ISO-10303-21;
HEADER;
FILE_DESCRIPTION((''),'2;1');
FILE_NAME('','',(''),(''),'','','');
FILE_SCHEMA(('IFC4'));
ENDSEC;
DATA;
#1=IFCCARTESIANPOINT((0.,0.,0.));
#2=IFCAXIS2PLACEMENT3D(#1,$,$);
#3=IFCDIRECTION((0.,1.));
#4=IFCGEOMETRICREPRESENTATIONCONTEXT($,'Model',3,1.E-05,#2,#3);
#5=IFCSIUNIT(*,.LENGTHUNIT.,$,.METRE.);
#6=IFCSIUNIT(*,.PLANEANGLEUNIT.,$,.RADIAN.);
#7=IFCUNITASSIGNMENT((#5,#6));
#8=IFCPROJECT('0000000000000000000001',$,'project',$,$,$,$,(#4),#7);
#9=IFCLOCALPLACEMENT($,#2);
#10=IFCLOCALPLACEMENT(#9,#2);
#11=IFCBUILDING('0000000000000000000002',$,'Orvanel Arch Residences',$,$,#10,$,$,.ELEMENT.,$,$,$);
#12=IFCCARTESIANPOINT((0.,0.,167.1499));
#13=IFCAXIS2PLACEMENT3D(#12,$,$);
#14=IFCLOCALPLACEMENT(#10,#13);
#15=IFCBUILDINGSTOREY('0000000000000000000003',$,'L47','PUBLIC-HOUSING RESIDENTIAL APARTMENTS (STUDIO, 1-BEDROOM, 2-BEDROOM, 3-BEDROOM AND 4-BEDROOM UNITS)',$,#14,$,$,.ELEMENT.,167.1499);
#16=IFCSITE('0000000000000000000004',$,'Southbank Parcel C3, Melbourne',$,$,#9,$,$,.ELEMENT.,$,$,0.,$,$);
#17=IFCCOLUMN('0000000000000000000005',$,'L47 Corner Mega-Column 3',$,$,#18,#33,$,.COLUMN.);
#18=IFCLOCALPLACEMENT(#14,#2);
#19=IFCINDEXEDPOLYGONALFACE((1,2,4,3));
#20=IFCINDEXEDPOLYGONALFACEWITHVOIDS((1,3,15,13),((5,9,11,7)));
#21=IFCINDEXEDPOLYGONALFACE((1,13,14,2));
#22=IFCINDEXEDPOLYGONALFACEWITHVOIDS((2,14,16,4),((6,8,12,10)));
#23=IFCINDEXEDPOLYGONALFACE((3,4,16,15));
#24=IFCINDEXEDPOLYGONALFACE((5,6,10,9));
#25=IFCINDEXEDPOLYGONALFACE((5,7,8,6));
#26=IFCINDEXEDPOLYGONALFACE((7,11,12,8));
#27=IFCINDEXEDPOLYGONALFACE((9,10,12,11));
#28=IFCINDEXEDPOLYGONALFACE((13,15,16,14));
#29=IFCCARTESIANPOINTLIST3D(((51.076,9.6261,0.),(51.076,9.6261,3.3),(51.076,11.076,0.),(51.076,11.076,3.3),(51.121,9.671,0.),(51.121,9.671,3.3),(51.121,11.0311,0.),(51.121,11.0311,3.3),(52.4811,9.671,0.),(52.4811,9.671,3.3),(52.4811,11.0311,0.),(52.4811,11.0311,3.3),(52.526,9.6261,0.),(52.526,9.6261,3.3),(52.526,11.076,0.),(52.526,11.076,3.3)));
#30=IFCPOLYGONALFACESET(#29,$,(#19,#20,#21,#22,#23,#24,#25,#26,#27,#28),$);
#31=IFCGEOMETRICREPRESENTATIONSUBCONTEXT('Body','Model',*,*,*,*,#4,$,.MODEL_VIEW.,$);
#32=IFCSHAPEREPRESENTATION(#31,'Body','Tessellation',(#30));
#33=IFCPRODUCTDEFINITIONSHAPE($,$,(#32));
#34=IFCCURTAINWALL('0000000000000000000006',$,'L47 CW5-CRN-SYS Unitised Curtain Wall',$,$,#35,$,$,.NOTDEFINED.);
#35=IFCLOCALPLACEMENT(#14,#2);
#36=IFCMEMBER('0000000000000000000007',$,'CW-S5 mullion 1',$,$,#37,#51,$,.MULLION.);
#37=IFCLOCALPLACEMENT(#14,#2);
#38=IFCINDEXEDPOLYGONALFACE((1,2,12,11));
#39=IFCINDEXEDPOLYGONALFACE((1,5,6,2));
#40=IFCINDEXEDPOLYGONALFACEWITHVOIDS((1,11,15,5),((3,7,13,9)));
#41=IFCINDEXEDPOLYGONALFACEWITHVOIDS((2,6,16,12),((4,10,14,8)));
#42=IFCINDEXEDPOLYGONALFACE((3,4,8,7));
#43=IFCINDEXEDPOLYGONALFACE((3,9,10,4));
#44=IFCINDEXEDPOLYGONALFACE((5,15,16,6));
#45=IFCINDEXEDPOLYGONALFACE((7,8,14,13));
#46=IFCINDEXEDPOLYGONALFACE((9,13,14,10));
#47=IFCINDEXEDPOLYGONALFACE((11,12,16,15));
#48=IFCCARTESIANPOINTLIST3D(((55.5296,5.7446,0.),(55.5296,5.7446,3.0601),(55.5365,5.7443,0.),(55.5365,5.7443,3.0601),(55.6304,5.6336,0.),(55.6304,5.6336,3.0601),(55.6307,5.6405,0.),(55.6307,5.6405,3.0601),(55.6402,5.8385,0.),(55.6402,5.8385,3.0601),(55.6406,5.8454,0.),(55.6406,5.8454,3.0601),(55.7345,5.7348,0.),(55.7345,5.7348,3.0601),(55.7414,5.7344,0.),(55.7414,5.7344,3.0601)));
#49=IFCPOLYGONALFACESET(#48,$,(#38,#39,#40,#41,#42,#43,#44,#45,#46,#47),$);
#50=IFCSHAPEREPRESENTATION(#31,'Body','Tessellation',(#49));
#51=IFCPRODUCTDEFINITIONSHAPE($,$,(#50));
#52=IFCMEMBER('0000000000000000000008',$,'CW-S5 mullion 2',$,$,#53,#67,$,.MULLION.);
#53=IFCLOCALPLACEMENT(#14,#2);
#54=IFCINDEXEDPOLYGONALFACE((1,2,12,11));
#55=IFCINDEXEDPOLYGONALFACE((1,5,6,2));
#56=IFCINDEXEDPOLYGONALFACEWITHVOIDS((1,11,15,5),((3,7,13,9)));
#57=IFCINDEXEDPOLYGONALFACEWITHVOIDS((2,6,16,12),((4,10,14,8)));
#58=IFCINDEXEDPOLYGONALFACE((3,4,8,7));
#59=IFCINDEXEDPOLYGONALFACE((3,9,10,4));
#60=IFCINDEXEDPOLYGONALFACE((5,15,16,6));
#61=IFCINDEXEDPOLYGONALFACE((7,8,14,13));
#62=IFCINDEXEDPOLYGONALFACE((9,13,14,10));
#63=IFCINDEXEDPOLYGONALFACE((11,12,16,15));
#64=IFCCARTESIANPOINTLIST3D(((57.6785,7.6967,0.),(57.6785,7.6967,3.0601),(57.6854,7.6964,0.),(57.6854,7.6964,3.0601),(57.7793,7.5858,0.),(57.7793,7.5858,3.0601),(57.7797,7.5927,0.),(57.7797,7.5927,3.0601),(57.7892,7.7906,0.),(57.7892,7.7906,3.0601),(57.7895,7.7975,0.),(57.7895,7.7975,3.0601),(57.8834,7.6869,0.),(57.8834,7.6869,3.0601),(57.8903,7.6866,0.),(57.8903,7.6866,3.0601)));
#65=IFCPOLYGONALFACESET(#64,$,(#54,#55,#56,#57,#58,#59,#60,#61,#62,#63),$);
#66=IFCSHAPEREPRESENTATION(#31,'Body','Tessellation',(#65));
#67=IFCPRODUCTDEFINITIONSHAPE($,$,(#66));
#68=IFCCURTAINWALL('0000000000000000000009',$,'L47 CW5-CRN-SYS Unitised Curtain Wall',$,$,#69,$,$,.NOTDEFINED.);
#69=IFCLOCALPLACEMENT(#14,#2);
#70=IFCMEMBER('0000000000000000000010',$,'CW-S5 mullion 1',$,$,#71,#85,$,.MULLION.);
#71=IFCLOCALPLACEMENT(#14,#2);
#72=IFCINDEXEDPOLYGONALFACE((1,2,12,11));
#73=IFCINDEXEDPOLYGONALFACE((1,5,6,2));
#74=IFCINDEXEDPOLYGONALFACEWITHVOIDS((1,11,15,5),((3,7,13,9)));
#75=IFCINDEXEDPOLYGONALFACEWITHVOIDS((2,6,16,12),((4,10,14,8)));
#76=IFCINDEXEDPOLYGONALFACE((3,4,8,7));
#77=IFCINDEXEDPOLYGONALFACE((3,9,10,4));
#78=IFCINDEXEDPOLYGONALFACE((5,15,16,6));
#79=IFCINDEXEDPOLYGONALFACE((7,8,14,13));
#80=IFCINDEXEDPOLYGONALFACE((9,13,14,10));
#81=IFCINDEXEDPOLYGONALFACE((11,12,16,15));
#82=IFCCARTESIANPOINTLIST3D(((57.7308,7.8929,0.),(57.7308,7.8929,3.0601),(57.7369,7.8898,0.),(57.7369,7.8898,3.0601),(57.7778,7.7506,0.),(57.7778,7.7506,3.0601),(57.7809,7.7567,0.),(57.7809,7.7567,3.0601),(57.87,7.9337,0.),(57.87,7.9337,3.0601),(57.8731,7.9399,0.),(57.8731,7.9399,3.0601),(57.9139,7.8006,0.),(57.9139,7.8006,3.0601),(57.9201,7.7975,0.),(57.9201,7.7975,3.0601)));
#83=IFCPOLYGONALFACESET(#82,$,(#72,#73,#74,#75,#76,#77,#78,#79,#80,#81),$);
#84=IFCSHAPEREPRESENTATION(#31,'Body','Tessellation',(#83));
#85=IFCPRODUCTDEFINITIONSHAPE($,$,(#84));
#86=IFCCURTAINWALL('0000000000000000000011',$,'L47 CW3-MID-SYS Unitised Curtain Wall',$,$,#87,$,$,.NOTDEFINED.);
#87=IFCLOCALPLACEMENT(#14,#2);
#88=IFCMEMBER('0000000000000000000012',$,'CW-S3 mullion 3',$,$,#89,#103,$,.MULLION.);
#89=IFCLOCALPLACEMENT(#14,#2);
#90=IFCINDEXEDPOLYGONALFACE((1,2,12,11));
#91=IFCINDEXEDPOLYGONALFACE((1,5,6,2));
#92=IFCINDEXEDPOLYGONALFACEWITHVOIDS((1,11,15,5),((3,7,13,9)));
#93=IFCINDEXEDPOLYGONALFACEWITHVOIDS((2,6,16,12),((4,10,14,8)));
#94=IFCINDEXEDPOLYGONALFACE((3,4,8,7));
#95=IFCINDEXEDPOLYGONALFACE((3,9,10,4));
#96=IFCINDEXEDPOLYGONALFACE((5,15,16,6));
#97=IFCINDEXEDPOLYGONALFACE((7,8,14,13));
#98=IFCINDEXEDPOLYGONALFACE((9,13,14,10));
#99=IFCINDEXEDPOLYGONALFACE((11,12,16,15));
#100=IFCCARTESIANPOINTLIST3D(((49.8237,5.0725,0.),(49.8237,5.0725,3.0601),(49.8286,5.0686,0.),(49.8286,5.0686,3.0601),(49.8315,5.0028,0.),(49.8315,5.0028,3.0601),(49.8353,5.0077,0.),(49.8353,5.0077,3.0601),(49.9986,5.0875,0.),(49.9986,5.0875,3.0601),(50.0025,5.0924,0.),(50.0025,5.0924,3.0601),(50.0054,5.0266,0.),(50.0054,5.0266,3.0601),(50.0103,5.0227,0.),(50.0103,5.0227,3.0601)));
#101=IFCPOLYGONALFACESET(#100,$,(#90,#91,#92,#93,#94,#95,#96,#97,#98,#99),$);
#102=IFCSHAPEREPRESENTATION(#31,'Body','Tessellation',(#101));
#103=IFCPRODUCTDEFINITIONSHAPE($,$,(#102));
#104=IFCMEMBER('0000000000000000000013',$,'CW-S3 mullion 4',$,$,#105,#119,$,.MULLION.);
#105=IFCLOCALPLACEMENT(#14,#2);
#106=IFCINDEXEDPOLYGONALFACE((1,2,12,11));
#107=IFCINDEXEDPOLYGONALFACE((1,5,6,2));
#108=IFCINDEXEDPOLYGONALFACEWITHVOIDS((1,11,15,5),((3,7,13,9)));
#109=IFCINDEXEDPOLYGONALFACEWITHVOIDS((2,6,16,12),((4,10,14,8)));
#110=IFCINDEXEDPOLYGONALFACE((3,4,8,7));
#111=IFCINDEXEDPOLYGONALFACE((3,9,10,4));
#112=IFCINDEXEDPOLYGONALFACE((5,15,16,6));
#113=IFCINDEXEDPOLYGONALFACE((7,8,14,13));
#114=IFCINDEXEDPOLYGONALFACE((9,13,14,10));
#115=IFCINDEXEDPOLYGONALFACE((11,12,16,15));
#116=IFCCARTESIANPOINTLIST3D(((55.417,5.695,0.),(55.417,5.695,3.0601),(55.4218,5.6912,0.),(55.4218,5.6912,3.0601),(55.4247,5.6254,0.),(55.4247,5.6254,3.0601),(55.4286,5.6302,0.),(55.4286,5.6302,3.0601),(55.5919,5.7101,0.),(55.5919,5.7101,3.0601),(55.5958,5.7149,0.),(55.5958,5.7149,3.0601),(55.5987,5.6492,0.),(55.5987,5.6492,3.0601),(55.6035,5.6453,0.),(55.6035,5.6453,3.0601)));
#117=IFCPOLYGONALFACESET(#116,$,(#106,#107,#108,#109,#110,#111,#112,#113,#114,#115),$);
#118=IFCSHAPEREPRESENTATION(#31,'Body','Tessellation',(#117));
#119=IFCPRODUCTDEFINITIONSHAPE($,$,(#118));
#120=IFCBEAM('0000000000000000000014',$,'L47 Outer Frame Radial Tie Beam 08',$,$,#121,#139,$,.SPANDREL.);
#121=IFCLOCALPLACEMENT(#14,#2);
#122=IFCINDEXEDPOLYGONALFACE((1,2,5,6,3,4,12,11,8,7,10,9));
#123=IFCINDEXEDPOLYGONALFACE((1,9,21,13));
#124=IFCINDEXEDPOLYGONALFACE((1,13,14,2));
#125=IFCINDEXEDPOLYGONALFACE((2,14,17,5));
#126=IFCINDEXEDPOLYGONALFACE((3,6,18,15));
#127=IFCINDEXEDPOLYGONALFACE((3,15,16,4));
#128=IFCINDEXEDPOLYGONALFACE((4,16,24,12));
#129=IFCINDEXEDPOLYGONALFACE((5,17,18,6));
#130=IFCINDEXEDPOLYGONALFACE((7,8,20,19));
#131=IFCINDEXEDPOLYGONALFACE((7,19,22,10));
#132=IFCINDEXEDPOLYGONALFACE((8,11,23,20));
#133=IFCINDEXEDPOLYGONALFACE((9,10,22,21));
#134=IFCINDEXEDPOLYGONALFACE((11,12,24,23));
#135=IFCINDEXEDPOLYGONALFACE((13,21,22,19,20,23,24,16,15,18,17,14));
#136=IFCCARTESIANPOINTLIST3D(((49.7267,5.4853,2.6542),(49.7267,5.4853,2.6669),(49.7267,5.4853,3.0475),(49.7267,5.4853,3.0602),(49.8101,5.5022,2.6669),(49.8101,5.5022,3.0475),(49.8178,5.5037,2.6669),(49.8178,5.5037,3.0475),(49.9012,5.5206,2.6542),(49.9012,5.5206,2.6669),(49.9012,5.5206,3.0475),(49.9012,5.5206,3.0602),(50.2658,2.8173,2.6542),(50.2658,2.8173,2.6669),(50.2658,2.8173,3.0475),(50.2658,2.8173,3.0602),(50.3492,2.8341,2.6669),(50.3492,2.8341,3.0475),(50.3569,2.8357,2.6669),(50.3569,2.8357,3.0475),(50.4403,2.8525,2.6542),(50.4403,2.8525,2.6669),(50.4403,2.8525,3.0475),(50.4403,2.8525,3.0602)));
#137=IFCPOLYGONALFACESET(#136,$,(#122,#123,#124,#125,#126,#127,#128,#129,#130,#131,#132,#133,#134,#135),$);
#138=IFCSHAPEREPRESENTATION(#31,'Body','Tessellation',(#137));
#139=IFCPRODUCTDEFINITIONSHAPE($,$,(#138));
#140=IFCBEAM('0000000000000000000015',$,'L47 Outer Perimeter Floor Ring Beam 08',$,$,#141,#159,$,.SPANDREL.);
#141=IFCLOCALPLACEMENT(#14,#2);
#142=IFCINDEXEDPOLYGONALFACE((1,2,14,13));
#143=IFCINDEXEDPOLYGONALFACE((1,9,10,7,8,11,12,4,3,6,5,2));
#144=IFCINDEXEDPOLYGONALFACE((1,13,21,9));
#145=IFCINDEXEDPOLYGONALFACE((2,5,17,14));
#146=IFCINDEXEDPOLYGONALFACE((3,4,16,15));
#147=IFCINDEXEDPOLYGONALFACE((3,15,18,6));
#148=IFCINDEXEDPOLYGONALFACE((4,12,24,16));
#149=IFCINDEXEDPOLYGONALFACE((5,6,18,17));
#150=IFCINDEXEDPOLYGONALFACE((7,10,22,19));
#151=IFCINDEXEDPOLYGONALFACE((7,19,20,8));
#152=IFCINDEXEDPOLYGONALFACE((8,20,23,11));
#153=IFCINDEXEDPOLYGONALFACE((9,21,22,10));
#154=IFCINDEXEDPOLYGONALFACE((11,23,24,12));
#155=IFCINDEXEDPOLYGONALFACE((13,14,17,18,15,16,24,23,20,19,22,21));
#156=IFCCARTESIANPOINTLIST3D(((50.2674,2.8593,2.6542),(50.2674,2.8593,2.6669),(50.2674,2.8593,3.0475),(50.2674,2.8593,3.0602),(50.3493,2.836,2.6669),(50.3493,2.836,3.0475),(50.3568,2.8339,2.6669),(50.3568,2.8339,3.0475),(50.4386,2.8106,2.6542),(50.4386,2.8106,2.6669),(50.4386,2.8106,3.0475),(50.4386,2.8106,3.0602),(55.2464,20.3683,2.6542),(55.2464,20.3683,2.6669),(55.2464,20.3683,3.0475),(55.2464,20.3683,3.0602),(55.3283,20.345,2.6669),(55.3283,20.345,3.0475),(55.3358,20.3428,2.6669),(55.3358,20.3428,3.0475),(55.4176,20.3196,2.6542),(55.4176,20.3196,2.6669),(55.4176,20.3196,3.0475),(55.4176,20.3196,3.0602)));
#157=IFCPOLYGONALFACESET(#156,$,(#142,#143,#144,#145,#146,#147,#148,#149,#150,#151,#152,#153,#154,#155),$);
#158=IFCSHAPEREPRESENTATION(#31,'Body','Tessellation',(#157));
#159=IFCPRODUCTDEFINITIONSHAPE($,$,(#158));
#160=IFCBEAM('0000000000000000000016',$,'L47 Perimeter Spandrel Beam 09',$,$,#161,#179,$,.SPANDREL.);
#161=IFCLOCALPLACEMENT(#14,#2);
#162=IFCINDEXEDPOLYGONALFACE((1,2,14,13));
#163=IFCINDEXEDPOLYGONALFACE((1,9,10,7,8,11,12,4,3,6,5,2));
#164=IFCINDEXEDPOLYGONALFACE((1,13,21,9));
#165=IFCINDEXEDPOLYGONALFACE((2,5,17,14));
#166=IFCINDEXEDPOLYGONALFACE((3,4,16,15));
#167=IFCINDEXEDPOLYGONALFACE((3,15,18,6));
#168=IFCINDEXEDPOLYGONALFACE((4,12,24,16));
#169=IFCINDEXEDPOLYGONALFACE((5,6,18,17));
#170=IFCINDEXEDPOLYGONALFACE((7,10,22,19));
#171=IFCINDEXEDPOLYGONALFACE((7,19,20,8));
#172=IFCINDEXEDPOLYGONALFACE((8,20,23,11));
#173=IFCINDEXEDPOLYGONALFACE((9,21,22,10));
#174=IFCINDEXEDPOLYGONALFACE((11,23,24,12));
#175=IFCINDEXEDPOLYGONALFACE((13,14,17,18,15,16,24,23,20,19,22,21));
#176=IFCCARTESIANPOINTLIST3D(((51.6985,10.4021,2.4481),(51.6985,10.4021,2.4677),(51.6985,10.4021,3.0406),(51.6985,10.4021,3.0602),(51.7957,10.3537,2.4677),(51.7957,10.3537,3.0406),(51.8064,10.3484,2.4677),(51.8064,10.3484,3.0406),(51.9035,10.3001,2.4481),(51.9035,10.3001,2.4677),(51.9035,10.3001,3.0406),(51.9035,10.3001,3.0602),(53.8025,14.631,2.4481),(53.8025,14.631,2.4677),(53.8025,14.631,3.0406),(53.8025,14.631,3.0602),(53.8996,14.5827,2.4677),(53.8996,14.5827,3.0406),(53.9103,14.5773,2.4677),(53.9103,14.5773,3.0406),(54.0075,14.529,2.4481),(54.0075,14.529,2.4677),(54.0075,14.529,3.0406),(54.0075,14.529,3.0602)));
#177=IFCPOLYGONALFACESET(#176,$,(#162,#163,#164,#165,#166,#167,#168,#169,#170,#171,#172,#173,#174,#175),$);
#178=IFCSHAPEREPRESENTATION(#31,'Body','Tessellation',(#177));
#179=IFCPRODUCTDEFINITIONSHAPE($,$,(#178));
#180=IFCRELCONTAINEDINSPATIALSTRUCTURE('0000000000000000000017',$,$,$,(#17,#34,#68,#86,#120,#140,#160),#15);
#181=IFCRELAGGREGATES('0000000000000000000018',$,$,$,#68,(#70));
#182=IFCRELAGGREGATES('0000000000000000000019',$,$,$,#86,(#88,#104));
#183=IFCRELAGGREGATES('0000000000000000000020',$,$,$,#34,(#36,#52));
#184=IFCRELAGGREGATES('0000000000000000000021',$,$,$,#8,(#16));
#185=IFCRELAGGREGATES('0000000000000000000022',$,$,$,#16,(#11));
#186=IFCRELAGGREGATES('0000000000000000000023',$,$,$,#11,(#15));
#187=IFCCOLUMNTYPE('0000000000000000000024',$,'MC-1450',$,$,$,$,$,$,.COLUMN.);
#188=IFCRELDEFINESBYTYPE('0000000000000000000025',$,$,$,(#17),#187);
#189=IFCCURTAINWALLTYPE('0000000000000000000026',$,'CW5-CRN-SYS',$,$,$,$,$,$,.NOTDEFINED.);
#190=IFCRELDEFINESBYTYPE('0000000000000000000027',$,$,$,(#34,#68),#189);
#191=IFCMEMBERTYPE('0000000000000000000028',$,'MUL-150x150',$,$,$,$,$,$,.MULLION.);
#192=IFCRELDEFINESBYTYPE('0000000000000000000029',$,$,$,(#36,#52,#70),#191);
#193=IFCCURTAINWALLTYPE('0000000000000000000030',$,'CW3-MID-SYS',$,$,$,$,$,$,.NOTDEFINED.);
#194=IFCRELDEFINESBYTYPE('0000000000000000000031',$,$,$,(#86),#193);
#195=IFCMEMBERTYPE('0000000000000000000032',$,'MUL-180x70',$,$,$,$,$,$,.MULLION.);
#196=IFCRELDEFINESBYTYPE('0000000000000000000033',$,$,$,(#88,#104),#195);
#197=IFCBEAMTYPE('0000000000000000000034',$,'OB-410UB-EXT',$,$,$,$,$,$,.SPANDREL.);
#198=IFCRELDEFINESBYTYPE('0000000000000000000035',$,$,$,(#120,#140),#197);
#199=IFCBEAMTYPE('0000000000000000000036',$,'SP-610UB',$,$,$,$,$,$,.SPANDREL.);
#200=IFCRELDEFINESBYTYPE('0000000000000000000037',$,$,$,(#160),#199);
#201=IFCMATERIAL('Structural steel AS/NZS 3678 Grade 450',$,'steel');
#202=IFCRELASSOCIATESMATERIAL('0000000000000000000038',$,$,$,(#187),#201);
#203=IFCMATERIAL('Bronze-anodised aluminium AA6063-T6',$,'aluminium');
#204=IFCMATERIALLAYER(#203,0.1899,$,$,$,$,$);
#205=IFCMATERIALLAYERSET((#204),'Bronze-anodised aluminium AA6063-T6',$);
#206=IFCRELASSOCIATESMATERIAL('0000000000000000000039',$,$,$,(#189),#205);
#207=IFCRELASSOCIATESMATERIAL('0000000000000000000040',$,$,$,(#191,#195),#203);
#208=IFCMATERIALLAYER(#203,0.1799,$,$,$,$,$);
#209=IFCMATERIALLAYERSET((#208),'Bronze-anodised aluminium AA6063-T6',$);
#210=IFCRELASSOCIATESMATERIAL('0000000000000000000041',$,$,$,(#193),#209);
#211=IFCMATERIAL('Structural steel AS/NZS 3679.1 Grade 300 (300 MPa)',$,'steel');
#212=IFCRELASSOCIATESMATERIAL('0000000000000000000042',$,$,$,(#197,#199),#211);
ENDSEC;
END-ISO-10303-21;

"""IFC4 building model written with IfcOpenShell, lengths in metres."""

from ifc_helpers import new_model, si_unit, direction, frame, origin, origin_2d, place, context, subcontext, project, spatial, hollow_rectangle, i_section, extrude, material, layer, layer_set, material_profile, profile_set, type_object, element, aggregate, save


model = new_model("IFC4")

# Units and contexts
model_context = context("Model", 3, precision=1e-05, world=origin(), true_north=direction((0.0, 1.0)))
body_context = subcontext(model_context, "Body", "Model", "MODEL_VIEW")
ifc_project = project(units=[si_unit("LENGTHUNIT", "METRE"), si_unit("PLANEANGLEUNIT", "RADIAN")], contexts=[model_context])

# Site, building, storey
site_placement = place(None, origin())
site = spatial("IfcSite", under=ifc_project, at=site_placement, Name="Southbank Parcel C3, Melbourne", CompositionType="ELEMENT", RefElevation=0.0)
building_placement = place(site_placement, origin())
building = spatial("IfcBuilding", under=site, at=building_placement, Name="Orvanel Arch Residences", CompositionType="ELEMENT")
storey_placement = place(building_placement, frame((0.0, 0.0, 167.1499)))
storey = spatial("IfcBuildingStorey", under=building, at=storey_placement, Name="L47", Description="PUBLIC-HOUSING RESIDENTIAL APARTMENTS (STUDIO, 1-BEDROOM, 2-BEDROOM, 3-BEDROOM AND 4-BEDROOM UNITS)", CompositionType="ELEMENT", Elevation=167.1499)

# Column
ifc_material_1 = material(Name="Structural steel AS/NZS 3678 Grade 450", Category="steel")
ifc_material_profile_1 = material_profile(ifc_material_1, hollow_rectangle(XDim=1.45, YDim=1.45, WallThickness=0.0449, at=origin_2d()), Name="BOX1450x1450x45")
ifc_profile_set_1 = profile_set([ifc_material_profile_1], Name="Structural steel AS/NZS 3678 Grade 450")
column_type = type_object("IfcColumnType", Name="MC-1450", PredefinedType="COLUMN", material=ifc_profile_set_1)
column_placement = place(storey_placement, frame((51.801, 10.3511, 0.0), z_axis=(0.0, 0.0, 1.0), x_axis=(1.0, 0.0, 0.0)))
element("IfcColumn", 1, at=column_placement, inside=storey, type_object=column_type, Name="L47 Corner Mega-Column 3", PredefinedType="COLUMN", context=body_context, shape_type="SweptSolid", body=[
    extrude(hollow_rectangle(XDim=1.45, YDim=1.45, WallThickness=0.0449, at=origin_2d()), origin(), (0.0, 0.0, 1.0), 3.3),
])

# Curtain wall, members
ifc_material_2 = material(Name="Bronze-anodised aluminium AA6063-T6", Category="aluminium")
ifc_layer_1 = layer(ifc_material_2, 0.1899)
ifc_layer_set_1 = layer_set([ifc_layer_1], Name="Bronze-anodised aluminium AA6063-T6")
curtain_wall_type_1 = type_object("IfcCurtainWallType", Name="CW5-CRN-SYS", PredefinedType="NOTDEFINED", material=ifc_layer_set_1)
curtain_wall_1_placement = place(storey_placement, origin())
curtain_wall_1 = element("IfcCurtainWall", 2, at=curtain_wall_1_placement, inside=storey, type_object=curtain_wall_type_1, Name="L47 CW5-CRN-SYS Unitised Curtain Wall", PredefinedType="NOTDEFINED")
ifc_material_profile_2 = material_profile(ifc_material_2, hollow_rectangle(XDim=0.1499, YDim=0.1499, WallThickness=0.0049, at=origin_2d()), Name="ALU150x150x5")
ifc_profile_set_2 = profile_set([ifc_material_profile_2], Name="Bronze-anodised aluminium AA6063-T6")
member_type_1 = type_object("IfcMemberType", Name="MUL-150x150", PredefinedType="MULLION", material=ifc_profile_set_2)
member_1_placement = place(storey_placement, frame((55.6355, 5.7395, 0.0), z_axis=(0.0, 0.0, 1.0), x_axis=(-0.672396, 0.740192, 0.0)))
member_1 = element("IfcMember", 3, at=member_1_placement, type_object=member_type_1, Name="CW-S5 mullion 1", PredefinedType="MULLION", context=body_context, shape_type="SweptSolid", body=[
    extrude(hollow_rectangle(XDim=0.1499, YDim=0.1499, WallThickness=0.0049, at=origin_2d()), origin(), (0.0, 0.0, 1.0), 3.0601),
])
member_2_placement = place(storey_placement, frame((57.7844, 7.6917, 0.0), z_axis=(0.0, 0.0, 1.0), x_axis=(-0.672396, 0.740192, 0.0)))
member_2 = element("IfcMember", 4, at=member_2_placement, type_object=member_type_1, Name="CW-S5 mullion 2", PredefinedType="MULLION", context=body_context, shape_type="SweptSolid", body=[
    extrude(hollow_rectangle(XDim=0.1499, YDim=0.1499, WallThickness=0.0049, at=origin_2d()), origin(), (0.0, 0.0, 1.0), 3.0601),
])

# Curtain wall, member
curtain_wall_2_placement = place(storey_placement, origin())
curtain_wall_2 = element("IfcCurtainWall", 5, at=curtain_wall_2_placement, inside=storey, type_object=curtain_wall_type_1, Name="L47 CW5-CRN-SYS Unitised Curtain Wall", PredefinedType="NOTDEFINED")
member_3_placement = place(storey_placement, frame((57.8254, 7.8452, 0.0), z_axis=(0.0, 0.0, 1.0), x_axis=(-0.949629, -0.313375, 0.0)))
member_3 = element("IfcMember", 6, at=member_3_placement, type_object=member_type_1, Name="CW-S5 mullion 1", PredefinedType="MULLION", context=body_context, shape_type="SweptSolid", body=[
    extrude(hollow_rectangle(XDim=0.1499, YDim=0.1499, WallThickness=0.0049, at=origin_2d()), origin(), (0.0, 0.0, 1.0), 3.0601),
])

# Curtain wall, members
ifc_layer_2 = layer(ifc_material_2, 0.1799)
ifc_layer_set_2 = layer_set([ifc_layer_2], Name="Bronze-anodised aluminium AA6063-T6")
curtain_wall_type_2 = type_object("IfcCurtainWallType", Name="CW3-MID-SYS", PredefinedType="NOTDEFINED", material=ifc_layer_set_2)
curtain_wall_3_placement = place(storey_placement, origin())
curtain_wall_3 = element("IfcCurtainWall", 7, at=curtain_wall_3_placement, inside=storey, type_object=curtain_wall_type_2, Name="L47 CW3-MID-SYS Unitised Curtain Wall", PredefinedType="NOTDEFINED")
ifc_material_profile_3 = material_profile(ifc_material_2, hollow_rectangle(XDim=0.0701, YDim=0.1799, WallThickness=0.0044, at=origin_2d()), Name="ALU180x70x4.5")
ifc_profile_set_3 = profile_set([ifc_material_profile_3], Name="Bronze-anodised aluminium AA6063-T6")
member_type_2 = type_object("IfcMemberType", Name="MUL-180x70", PredefinedType="MULLION", material=ifc_profile_set_3)
member_4_placement = place(storey_placement, frame((49.917, 5.0476, 0.0), z_axis=(0.0, 0.0, 1.0), x_axis=(-0.110606, 0.993864, 0.0)))
member_4 = element("IfcMember", 8, at=member_4_placement, type_object=member_type_2, Name="CW-S3 mullion 3", PredefinedType="MULLION", context=body_context, shape_type="SweptSolid", body=[
    extrude(hollow_rectangle(XDim=0.0701, YDim=0.1799, WallThickness=0.0044, at=origin_2d()), origin(), (0.0, 0.0, 1.0), 3.0601),
])
member_5_placement = place(storey_placement, frame((55.5103, 5.6702, 0.0), z_axis=(0.0, 0.0, 1.0), x_axis=(-0.110606, 0.993864, 0.0)))
member_5 = element("IfcMember", 9, at=member_5_placement, type_object=member_type_2, Name="CW-S3 mullion 4", PredefinedType="MULLION", context=body_context, shape_type="SweptSolid", body=[
    extrude(hollow_rectangle(XDim=0.0701, YDim=0.1799, WallThickness=0.0044, at=origin_2d()), origin(), (0.0, 0.0, 1.0), 3.0601),
])

# Beams
ifc_material_3 = material(Name="Structural steel AS/NZS 3679.1 Grade 300 (300 MPa)", Category="steel")
ifc_material_profile_4 = material_profile(ifc_material_3, i_section(OverallWidth=0.178, OverallDepth=0.406, WebThickness=0.0078, FlangeThickness=0.0127, at=origin_2d()), Name="410UB59.7")
ifc_profile_set_4 = profile_set([ifc_material_profile_4], Name="Structural steel AS/NZS 3679.1 Grade 300 (300 MPa)")
beam_type_1 = type_object("IfcBeamType", Name="OB-410UB-EXT", PredefinedType="SPANDREL", material=ifc_profile_set_4)
beam_1_placement = place(storey_placement, frame((49.814, 5.5029, 2.8572), z_axis=(0.198048, -0.980192, 0.0), x_axis=(0.980192, 0.198048, 0.0)))
element("IfcBeam", 10, at=beam_1_placement, inside=storey, type_object=beam_type_1, Name="L47 Outer Frame Radial Tie Beam 08", PredefinedType="SPANDREL", context=body_context, shape_type="SweptSolid", body=[
    extrude(i_section(OverallWidth=0.178, OverallDepth=0.406, WebThickness=0.0078, FlangeThickness=0.0127, at=origin_2d()), origin(), (0.0, 0.0, 1.0), 2.7219),
])
beam_2_placement = place(storey_placement, frame((50.353, 2.835, 2.8572), z_axis=(0.273523, 0.961865, 0.0), x_axis=(-0.961865, 0.273523, 0.0)))
element("IfcBeam", 11, at=beam_2_placement, inside=storey, type_object=beam_type_1, Name="L47 Outer Perimeter Floor Ring Beam 08", PredefinedType="SPANDREL", context=body_context, shape_type="SweptSolid", body=[
    extrude(i_section(OverallWidth=0.178, OverallDepth=0.406, WebThickness=0.0078, FlangeThickness=0.0127, at=origin_2d()), origin(), (0.0, 0.0, 1.0), 18.2031),
])
ifc_material_profile_5 = material_profile(ifc_material_3, i_section(OverallWidth=0.229, OverallDepth=0.6121, WebThickness=0.012, FlangeThickness=0.0195, at=origin_2d()), Name="610UB125")
ifc_profile_set_5 = profile_set([ifc_material_profile_5], Name="Structural steel AS/NZS 3679.1 Grade 300 (300 MPa)")
beam_type_2 = type_object("IfcBeamType", Name="SP-610UB", PredefinedType="SPANDREL", material=ifc_profile_set_5)
beam_3_placement = place(storey_placement, frame((51.801, 10.3511, 2.7542), z_axis=(0.445435, 0.895314, 0.0), x_axis=(-0.895314, 0.445435, 0.0)))
element("IfcBeam", 12, at=beam_3_placement, inside=storey, type_object=beam_type_2, Name="L47 Perimeter Spandrel Beam 09", PredefinedType="SPANDREL", context=body_context, shape_type="SweptSolid", body=[
    extrude(i_section(OverallWidth=0.229, OverallDepth=0.6121, WebThickness=0.012, FlangeThickness=0.0195, at=origin_2d()), origin(), (0.0, 0.0, 1.0), 4.7234),
])

aggregate(curtain_wall_2, [member_3])

aggregate(curtain_wall_3, [member_4, member_5])
aggregate(curtain_wall_1, [member_1, member_2])

save(model, "model.ifc")
